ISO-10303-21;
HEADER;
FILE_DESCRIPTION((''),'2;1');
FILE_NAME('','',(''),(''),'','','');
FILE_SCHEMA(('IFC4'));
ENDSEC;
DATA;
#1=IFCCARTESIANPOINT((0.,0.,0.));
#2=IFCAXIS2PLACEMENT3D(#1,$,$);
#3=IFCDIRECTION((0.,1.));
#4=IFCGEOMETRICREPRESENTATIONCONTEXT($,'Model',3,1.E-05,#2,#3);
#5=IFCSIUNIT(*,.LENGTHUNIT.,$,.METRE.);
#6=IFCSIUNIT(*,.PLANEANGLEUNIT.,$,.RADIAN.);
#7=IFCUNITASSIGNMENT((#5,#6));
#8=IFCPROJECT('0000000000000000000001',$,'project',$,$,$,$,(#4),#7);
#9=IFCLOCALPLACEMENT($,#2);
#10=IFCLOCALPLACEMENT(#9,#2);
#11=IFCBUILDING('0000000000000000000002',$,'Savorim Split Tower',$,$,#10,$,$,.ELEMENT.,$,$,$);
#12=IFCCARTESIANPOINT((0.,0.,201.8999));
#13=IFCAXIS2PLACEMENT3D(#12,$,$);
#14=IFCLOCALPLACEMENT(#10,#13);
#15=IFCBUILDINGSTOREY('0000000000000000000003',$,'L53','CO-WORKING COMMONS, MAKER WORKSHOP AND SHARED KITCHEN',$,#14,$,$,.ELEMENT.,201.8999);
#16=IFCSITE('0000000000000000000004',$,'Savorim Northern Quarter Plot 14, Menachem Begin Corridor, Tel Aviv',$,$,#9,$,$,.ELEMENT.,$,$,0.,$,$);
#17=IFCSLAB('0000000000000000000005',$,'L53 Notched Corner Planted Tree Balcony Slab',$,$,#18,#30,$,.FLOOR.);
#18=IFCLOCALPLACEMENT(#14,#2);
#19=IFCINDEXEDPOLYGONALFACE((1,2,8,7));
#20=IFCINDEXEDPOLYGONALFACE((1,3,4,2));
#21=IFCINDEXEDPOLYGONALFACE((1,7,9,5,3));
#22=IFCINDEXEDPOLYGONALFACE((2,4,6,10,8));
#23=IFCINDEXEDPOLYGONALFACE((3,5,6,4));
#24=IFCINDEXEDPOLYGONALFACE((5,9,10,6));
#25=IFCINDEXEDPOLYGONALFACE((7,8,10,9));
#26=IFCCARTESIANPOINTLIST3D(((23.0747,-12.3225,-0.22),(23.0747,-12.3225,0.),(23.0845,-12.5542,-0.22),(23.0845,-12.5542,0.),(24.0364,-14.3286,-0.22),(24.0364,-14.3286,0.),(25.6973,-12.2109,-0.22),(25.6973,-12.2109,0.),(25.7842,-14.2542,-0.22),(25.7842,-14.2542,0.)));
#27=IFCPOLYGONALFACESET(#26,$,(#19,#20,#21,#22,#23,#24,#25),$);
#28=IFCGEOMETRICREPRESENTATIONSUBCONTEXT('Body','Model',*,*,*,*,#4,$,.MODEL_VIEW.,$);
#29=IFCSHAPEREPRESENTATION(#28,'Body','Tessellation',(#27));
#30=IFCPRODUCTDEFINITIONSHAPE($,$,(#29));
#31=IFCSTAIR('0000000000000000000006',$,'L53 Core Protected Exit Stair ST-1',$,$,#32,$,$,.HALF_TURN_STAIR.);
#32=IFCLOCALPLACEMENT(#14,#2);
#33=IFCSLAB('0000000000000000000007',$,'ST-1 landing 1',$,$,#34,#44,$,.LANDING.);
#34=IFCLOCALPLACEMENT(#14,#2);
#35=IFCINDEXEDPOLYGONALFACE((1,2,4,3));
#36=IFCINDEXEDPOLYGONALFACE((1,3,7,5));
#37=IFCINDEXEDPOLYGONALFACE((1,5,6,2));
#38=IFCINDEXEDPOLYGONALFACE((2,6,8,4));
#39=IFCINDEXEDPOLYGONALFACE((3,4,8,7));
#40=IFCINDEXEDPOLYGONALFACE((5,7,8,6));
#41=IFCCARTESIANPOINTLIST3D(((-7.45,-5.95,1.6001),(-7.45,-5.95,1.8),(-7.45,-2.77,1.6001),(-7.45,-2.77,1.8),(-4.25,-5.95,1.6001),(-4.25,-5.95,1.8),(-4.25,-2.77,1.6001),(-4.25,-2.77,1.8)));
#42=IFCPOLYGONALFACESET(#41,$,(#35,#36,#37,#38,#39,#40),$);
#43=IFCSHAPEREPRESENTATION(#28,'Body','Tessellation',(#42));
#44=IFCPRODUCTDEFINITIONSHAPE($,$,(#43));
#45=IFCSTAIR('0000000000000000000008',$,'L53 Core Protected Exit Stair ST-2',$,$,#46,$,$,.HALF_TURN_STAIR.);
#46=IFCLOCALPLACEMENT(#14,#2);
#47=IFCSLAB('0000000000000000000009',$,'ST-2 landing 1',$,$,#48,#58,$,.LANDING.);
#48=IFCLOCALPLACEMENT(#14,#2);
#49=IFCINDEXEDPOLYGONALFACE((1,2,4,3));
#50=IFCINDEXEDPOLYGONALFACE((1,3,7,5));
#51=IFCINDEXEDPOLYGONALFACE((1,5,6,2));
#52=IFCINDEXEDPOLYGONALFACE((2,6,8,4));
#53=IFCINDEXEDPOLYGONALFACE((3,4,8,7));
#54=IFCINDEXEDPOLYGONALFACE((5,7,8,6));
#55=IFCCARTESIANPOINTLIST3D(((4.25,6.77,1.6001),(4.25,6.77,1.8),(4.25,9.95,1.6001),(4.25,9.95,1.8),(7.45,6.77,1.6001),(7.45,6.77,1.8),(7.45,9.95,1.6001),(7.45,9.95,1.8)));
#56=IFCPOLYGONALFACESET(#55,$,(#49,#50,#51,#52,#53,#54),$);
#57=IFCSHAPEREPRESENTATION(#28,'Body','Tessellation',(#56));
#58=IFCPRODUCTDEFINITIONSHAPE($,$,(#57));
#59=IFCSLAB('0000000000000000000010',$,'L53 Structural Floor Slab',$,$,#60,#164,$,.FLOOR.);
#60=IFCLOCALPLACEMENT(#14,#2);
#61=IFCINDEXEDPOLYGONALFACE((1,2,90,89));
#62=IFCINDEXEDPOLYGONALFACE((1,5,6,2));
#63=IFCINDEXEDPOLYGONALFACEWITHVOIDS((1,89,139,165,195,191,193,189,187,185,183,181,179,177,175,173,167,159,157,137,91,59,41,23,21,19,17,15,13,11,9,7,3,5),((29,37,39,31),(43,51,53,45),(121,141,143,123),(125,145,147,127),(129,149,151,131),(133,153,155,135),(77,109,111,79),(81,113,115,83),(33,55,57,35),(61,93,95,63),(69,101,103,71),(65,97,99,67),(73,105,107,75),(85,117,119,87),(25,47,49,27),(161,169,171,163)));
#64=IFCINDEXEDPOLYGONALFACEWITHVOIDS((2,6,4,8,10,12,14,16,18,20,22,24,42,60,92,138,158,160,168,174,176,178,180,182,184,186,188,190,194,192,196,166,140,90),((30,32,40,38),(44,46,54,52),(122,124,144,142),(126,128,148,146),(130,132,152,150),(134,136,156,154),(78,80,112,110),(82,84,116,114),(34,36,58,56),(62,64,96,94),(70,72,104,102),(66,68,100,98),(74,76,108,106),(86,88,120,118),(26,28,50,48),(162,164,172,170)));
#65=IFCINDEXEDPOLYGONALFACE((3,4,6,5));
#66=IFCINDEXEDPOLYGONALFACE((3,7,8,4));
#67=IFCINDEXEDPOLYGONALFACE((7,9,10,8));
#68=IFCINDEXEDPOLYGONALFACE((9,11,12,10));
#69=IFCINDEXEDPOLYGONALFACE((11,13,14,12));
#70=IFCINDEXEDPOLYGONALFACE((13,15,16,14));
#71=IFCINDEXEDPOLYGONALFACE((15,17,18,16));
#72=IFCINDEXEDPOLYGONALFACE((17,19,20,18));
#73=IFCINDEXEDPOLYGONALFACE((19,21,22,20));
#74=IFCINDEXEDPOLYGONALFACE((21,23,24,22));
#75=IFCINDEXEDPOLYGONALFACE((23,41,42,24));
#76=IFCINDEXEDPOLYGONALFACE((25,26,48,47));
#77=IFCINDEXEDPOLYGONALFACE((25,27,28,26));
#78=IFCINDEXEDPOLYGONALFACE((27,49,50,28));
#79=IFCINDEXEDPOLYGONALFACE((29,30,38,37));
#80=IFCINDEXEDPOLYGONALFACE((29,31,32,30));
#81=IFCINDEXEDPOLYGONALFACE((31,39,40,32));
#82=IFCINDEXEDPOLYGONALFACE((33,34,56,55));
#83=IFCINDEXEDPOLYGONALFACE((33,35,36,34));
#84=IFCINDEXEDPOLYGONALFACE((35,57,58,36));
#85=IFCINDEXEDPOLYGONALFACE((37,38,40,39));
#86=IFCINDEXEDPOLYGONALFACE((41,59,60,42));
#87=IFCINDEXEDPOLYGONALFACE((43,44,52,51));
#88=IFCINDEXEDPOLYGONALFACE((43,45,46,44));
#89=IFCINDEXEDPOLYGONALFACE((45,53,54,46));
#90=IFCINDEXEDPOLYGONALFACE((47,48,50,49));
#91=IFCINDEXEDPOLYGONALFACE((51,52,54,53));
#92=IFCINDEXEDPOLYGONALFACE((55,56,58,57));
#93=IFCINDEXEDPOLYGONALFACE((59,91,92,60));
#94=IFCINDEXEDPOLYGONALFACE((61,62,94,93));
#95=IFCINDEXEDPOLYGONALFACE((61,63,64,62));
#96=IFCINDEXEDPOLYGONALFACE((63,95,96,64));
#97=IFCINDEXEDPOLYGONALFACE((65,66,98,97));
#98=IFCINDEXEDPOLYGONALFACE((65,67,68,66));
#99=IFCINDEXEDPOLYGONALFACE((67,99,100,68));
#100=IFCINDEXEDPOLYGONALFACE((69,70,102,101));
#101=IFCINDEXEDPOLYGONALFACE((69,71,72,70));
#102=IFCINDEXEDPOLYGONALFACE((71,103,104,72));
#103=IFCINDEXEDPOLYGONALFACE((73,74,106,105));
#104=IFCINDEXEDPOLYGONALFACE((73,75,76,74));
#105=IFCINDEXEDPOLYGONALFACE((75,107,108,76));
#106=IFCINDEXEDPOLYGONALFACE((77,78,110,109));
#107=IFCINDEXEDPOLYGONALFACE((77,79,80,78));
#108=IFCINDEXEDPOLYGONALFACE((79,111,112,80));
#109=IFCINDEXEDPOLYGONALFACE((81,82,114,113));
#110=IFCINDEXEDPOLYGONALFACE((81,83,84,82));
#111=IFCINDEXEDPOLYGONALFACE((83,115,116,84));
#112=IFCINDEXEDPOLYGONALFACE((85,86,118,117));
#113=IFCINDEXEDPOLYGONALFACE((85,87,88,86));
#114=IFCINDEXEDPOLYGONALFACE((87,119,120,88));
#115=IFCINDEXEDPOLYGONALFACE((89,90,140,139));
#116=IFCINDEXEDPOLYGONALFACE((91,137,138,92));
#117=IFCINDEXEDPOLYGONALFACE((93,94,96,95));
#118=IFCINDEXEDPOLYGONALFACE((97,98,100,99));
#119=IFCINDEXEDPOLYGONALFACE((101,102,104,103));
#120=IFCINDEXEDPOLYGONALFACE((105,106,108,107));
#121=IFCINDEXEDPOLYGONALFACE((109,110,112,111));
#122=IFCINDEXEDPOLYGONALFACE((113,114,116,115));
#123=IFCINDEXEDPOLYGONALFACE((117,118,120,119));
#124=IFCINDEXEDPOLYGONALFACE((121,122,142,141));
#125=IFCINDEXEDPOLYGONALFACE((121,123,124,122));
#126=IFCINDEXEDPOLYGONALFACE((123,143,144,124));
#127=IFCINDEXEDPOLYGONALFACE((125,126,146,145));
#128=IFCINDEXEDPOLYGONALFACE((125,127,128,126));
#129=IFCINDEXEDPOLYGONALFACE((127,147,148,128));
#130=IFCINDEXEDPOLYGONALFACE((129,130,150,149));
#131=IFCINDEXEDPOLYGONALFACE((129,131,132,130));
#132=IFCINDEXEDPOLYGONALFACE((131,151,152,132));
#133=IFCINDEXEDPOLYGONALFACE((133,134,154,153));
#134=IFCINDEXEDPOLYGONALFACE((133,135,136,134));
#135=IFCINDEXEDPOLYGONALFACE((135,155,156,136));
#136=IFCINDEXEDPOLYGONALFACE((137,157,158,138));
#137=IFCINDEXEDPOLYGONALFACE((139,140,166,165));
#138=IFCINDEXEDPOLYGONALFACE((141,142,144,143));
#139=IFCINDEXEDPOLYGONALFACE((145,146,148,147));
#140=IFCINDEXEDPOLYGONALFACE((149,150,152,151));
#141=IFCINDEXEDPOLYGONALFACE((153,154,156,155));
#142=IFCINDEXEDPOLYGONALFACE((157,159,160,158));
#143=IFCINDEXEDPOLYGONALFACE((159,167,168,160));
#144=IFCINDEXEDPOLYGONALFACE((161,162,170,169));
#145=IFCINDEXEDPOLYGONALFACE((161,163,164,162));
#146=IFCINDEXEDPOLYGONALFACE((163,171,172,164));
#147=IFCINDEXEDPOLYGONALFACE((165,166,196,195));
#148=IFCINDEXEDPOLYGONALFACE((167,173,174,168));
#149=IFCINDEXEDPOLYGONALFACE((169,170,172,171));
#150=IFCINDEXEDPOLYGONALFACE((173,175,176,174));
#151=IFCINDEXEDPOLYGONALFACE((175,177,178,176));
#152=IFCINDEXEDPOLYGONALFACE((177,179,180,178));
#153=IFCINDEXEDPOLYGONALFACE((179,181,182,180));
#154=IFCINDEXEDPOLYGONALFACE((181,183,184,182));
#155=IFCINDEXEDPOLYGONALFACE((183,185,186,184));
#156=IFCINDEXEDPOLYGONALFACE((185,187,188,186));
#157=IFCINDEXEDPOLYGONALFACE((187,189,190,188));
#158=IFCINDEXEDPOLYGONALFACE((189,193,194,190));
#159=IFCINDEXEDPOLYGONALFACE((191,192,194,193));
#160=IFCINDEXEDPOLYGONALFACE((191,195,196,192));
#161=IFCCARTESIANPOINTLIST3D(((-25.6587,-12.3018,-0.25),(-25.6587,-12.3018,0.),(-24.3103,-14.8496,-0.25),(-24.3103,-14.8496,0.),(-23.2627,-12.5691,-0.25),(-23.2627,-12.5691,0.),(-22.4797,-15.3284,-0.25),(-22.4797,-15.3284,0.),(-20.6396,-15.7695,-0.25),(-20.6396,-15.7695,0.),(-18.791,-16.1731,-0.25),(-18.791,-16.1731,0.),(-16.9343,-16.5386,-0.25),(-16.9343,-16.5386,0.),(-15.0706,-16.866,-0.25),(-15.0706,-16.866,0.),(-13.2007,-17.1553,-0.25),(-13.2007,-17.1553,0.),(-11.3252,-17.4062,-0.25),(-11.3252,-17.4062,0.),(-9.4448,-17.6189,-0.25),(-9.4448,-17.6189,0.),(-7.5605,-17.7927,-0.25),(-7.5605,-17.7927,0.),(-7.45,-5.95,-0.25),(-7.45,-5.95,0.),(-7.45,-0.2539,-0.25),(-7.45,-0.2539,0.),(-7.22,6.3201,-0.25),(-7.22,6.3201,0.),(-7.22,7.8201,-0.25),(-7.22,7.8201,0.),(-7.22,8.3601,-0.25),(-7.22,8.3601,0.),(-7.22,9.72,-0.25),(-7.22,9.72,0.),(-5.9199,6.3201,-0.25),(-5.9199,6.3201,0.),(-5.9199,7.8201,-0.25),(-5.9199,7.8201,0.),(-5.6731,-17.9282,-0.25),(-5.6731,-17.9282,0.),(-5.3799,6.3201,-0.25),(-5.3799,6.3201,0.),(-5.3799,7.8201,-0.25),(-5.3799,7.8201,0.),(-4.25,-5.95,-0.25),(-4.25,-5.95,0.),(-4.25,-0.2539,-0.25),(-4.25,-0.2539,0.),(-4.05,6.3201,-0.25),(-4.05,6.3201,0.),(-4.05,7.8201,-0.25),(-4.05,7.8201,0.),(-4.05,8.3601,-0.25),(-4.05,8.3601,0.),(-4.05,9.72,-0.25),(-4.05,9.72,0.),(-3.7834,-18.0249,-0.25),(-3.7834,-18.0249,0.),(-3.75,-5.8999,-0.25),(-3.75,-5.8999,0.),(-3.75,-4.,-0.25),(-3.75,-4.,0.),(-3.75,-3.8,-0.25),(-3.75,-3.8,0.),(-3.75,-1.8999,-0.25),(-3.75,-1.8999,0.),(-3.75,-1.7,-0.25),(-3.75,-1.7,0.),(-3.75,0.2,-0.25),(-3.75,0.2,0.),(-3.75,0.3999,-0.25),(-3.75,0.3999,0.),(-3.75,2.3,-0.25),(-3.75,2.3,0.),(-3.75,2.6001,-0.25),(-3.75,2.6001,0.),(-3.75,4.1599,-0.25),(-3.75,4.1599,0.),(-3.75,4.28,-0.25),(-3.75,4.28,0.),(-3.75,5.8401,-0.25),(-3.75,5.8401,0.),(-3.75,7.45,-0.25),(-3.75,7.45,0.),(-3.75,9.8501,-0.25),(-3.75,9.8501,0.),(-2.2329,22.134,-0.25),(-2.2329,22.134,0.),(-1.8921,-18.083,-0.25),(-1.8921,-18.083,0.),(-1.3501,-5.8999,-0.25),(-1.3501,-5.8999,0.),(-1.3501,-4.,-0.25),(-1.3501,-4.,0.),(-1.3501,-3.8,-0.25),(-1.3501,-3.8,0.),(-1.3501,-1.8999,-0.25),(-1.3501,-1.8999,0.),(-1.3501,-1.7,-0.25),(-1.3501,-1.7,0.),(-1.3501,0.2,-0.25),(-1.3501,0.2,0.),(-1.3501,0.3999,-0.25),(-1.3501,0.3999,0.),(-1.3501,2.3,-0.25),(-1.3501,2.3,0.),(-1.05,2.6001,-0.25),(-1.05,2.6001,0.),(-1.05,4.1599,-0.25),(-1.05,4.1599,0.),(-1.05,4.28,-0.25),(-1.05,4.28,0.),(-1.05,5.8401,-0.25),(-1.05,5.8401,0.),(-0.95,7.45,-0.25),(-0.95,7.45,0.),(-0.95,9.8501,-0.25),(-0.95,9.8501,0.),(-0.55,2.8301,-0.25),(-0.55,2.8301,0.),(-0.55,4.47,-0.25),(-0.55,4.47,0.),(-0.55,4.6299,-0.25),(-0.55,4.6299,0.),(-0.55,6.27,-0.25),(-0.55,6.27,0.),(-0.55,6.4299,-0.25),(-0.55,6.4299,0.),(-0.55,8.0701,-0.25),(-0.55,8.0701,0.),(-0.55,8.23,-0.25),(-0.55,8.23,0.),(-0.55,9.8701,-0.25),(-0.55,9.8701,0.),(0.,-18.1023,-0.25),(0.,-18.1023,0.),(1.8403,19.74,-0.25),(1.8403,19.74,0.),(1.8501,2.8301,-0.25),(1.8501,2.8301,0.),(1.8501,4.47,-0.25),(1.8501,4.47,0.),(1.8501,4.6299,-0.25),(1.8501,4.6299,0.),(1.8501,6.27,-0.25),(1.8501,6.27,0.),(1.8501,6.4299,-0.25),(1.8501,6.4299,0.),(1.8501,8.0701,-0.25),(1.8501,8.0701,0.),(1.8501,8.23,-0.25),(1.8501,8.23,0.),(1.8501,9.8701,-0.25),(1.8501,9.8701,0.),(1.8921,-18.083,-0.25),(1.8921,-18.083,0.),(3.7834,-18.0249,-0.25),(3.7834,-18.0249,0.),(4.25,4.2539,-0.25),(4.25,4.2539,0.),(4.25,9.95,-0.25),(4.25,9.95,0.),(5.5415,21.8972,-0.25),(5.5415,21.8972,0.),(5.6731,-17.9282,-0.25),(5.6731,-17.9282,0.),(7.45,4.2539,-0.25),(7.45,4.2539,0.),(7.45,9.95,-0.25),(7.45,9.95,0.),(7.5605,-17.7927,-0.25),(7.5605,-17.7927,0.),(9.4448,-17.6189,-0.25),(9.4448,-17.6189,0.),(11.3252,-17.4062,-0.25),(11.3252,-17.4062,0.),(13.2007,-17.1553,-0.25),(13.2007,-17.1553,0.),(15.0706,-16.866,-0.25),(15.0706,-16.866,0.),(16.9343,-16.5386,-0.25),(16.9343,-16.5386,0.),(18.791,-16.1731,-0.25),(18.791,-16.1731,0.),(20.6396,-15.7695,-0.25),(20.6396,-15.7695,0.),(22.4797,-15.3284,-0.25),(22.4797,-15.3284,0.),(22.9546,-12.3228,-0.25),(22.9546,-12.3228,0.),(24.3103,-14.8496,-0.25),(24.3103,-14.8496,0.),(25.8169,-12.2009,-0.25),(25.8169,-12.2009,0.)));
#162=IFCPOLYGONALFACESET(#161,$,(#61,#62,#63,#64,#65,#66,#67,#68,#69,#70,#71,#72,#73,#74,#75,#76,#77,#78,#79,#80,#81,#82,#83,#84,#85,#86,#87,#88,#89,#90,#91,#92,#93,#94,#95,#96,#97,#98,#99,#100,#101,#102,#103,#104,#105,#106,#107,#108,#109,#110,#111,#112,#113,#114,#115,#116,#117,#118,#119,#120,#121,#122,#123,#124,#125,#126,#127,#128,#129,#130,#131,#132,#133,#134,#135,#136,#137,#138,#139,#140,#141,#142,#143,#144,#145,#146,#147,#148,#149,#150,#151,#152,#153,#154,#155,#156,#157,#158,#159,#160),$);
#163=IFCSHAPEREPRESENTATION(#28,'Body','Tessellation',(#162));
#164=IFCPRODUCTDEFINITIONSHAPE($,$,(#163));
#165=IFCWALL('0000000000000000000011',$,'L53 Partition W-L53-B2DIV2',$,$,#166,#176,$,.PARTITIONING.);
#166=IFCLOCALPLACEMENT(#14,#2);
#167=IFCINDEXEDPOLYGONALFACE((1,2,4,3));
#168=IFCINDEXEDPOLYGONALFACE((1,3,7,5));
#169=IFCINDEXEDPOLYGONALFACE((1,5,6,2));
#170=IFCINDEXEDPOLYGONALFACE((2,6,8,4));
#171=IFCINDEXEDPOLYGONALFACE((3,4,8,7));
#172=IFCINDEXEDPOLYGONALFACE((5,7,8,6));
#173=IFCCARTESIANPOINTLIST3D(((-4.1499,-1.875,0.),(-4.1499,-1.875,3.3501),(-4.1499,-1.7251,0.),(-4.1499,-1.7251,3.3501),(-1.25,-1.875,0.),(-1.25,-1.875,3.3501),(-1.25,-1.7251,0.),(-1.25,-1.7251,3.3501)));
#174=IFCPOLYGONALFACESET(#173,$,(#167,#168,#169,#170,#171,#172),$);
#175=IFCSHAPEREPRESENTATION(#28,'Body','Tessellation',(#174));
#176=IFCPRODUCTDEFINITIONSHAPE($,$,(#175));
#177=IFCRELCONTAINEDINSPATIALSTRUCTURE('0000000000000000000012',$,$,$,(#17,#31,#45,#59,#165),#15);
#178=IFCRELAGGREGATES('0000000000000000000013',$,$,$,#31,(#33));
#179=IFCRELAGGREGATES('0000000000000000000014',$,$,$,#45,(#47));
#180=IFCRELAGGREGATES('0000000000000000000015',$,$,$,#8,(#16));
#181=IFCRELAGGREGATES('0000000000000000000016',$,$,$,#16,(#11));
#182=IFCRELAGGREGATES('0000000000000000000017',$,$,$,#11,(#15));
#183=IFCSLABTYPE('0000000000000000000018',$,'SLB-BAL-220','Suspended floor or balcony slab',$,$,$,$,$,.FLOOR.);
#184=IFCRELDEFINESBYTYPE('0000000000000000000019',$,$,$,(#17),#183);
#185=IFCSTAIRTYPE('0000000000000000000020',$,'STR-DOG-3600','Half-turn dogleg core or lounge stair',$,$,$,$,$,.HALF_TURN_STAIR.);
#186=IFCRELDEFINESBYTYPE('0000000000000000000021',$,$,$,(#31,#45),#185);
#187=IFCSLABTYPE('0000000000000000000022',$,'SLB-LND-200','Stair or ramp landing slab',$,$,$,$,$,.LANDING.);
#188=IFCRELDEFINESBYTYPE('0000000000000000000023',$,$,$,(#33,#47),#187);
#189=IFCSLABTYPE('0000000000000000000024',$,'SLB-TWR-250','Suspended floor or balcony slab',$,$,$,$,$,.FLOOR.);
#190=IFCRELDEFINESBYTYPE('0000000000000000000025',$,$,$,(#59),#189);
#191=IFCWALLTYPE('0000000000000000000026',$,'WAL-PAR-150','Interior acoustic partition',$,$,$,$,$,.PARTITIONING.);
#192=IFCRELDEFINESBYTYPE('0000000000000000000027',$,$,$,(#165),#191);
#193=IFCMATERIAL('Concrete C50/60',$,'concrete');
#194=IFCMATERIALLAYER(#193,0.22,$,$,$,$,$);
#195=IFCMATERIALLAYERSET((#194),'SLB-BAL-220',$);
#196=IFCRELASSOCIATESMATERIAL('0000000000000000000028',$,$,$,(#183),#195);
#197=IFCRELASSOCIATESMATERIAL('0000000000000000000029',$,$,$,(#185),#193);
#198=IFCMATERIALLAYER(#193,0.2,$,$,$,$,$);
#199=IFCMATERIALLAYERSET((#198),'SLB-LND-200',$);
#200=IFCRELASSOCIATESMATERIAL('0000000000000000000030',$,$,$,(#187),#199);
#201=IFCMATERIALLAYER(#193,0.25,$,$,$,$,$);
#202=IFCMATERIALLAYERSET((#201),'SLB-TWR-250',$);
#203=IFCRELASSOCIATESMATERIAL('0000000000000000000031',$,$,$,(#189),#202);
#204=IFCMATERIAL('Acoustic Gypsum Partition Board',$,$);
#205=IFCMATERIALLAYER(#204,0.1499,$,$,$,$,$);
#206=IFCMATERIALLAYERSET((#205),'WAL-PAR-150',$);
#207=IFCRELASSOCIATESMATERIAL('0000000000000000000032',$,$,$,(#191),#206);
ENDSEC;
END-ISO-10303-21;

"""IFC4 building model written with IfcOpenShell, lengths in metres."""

from ifc_helpers import new_model, si_unit, direction, frame, frame_2d, origin, place, context, subcontext, project, spatial, polyline, rectangle, outline, extrude, material, layer, layer_set, type_object, element, aggregate, save


model = new_model("IFC4")

# Units and contexts
model_context = context("Model", 3, precision=1e-05, world=origin(), true_north=direction((0.0, 1.0)))
body_context = subcontext(model_context, "Body", "Model", "MODEL_VIEW")
ifc_project = project(units=[si_unit("LENGTHUNIT", "METRE"), si_unit("PLANEANGLEUNIT", "RADIAN")], contexts=[model_context])

# Site, building, storey
site_placement = place(None, origin())
site = spatial("IfcSite", under=ifc_project, at=site_placement, Name="Savorim Northern Quarter Plot 14, Menachem Begin Corridor, Tel Aviv", CompositionType="ELEMENT", RefElevation=0.0)
building_placement = place(site_placement, origin())
building = spatial("IfcBuilding", under=site, at=building_placement, Name="Savorim Split Tower", CompositionType="ELEMENT")
storey_placement = place(building_placement, frame((0.0, 0.0, 201.8999)))
storey = spatial("IfcBuildingStorey", under=building, at=storey_placement, Name="L53", Description="CO-WORKING COMMONS, MAKER WORKSHOP AND SHARED KITCHEN", CompositionType="ELEMENT", Elevation=201.8999)

# Slab
ifc_material_1 = material(Name="Concrete C50/60", Category="concrete")
ifc_layer_1 = layer(ifc_material_1, 0.22)
ifc_layer_set_1 = layer_set([ifc_layer_1], Name="SLB-BAL-220")
slab_type_1 = type_object("IfcSlabType", Name="SLB-BAL-220", Description="Suspended floor or balcony slab", PredefinedType="FLOOR", material=ifc_layer_set_1)
slab_1_placement = place(storey_placement, frame((0.0, 0.0, -0.22)))
element("IfcSlab", 1, at=slab_1_placement, inside=storey, type_object=slab_type_1, Name="L53 Notched Corner Planted Tree Balcony Slab", PredefinedType="FLOOR", context=body_context, shape_type="SweptSolid", body=[
    extrude(outline(polyline([(25.6973, -12.2109), (23.0747, -12.3225), (23.0845, -12.5542), (24.0364, -14.3286), (25.7842, -14.2542), (25.6973, -12.2109)])), origin(), (0.0, 0.0, 1.0), 0.22),
])

# Stairs, slabs
stair_type = type_object("IfcStairType", Name="STR-DOG-3600", Description="Half-turn dogleg core or lounge stair", PredefinedType="HALF_TURN_STAIR", material=ifc_material_1)
stair_1_placement = place(storey_placement, origin())
stair_1 = element("IfcStair", 2, at=stair_1_placement, inside=storey, type_object=stair_type, Name="L53 Core Protected Exit Stair ST-1", PredefinedType="HALF_TURN_STAIR")
ifc_layer_2 = layer(ifc_material_1, 0.2)
ifc_layer_set_2 = layer_set([ifc_layer_2], Name="SLB-LND-200")
slab_type_2 = type_object("IfcSlabType", Name="SLB-LND-200", Description="Stair or ramp landing slab", PredefinedType="LANDING", material=ifc_layer_set_2)
slab_2_placement = place(storey_placement, frame((0.0, 0.0, 1.6001)))
slab_2 = element("IfcSlab", 3, at=slab_2_placement, type_object=slab_type_2, Name="ST-1 landing 1", PredefinedType="LANDING", context=body_context, shape_type="SweptSolid", body=[
    extrude(outline(polyline([(-7.45, -2.77), (-7.45, -5.95), (-4.25, -5.95), (-4.25, -2.77), (-7.45, -2.77)])), origin(), (0.0, 0.0, 1.0), 0.2),
])
aggregate(stair_1, [slab_2])
stair_2_placement = place(storey_placement, origin())
stair_2 = element("IfcStair", 4, at=stair_2_placement, inside=storey, type_object=stair_type, Name="L53 Core Protected Exit Stair ST-2", PredefinedType="HALF_TURN_STAIR")
slab_3_placement = place(storey_placement, frame((0.0, 0.0, 1.6001)))
slab_3 = element("IfcSlab", 5, at=slab_3_placement, type_object=slab_type_2, Name="ST-2 landing 1", PredefinedType="LANDING", context=body_context, shape_type="SweptSolid", body=[
    extrude(outline(polyline([(7.45, 6.77), (7.45, 9.95), (4.25, 9.95), (4.25, 6.77), (7.45, 6.77)])), origin(), (0.0, 0.0, 1.0), 0.2),
])
aggregate(stair_2, [slab_3])

# Slab
ifc_layer_3 = layer(ifc_material_1, 0.25)
ifc_layer_set_3 = layer_set([ifc_layer_3], Name="SLB-TWR-250")
slab_type_3 = type_object("IfcSlabType", Name="SLB-TWR-250", Description="Suspended floor or balcony slab", PredefinedType="FLOOR", material=ifc_layer_set_3)
slab_4_placement = place(storey_placement, frame((0.0, 0.0, -0.25)))
element("IfcSlab", 6, at=slab_4_placement, inside=storey, type_object=slab_type_3, Name="L53 Structural Floor Slab", PredefinedType="FLOOR", context=body_context, shape_type="SweptSolid", body=[
    extrude(outline(polyline([(-24.3103, -14.8496), (-22.4797, -15.3284), (-20.6396, -15.7695), (-18.791, -16.1731), (-16.9343, -16.5386), (-15.0706, -16.866), (-13.2007, -17.1553), (-11.3252, -17.4062), (-9.4448, -17.6189), (-7.5605, -17.7927), (-5.6731, -17.9282), (-3.7834, -18.0249), (-1.8921, -18.083), (0.0, -18.1023), (1.8921, -18.083), (3.7834, -18.0249), (5.6731, -17.9282), (7.5605, -17.7927), (9.4448, -17.6189), (11.3252, -17.4062), (13.2007, -17.1553), (15.0706, -16.866), (16.9343, -16.5386), (18.791, -16.1731), (20.6396, -15.7695), (22.4797, -15.3284), (24.3103, -14.8496), (22.9546, -12.3228), (25.8169, -12.2009), (5.5415, 21.8972), (1.8403, 19.74), (-2.2329, 22.134), (-25.6587, -12.3018), (-23.2627, -12.5691), (-24.3103, -14.8496)]), holes=[polyline([(-7.45, -0.2539), (-7.45, -5.95), (-4.25, -5.95), (-4.25, -0.2539), (-7.45, -0.2539)]), polyline([(7.45, 4.2539), (7.45, 9.95), (4.25, 9.95), (4.25, 4.2539), (7.45, 4.2539)]), polyline([(-3.75, -5.8999), (-1.3501, -5.8999), (-1.3501, -4.0), (-3.75, -4.0), (-3.75, -5.8999)]), polyline([(-3.75, -3.8), (-1.3501, -3.8), (-1.3501, -1.8999), (-3.75, -1.8999), (-3.75, -3.8)]), polyline([(-3.75, -1.7), (-1.3501, -1.7), (-1.3501, 0.2), (-3.75, 0.2), (-3.75, -1.7)]), polyline([(-3.75, 0.3999), (-1.3501, 0.3999), (-1.3501, 2.3), (-3.75, 2.3), (-3.75, 0.3999)]), polyline([(-0.55, 2.8301), (1.8501, 2.8301), (1.8501, 4.47), (-0.55, 4.47), (-0.55, 2.8301)]), polyline([(-0.55, 4.6299), (1.8501, 4.6299), (1.8501, 6.27), (-0.55, 6.27), (-0.55, 4.6299)]), polyline([(-0.55, 6.4299), (1.8501, 6.4299), (1.8501, 8.0701), (-0.55, 8.0701), (-0.55, 6.4299)]), polyline([(-0.55, 8.23), (1.8501, 8.23), (1.8501, 9.8701), (-0.55, 9.8701), (-0.55, 8.23)]), polyline([(-3.75, 2.6001), (-1.05, 2.6001), (-1.05, 4.1599), (-3.75, 4.1599), (-3.75, 2.6001)]), polyline([(-3.75, 4.28), (-1.05, 4.28), (-1.05, 5.8401), (-3.75, 5.8401), (-3.75, 4.28)]), polyline([(-3.75, 7.45), (-0.95, 7.45), (-0.95, 9.8501), (-3.75, 9.8501), (-3.75, 7.45)]), polyline([(-7.22, 6.3201), (-5.9199, 6.3201), (-5.9199, 7.8201), (-7.22, 7.8201), (-7.22, 6.3201)]), polyline([(-5.3799, 6.3201), (-4.05, 6.3201), (-4.05, 7.8201), (-5.3799, 7.8201), (-5.3799, 6.3201)]), polyline([(-7.22, 8.3601), (-4.05, 8.3601), (-4.05, 9.72), (-7.22, 9.72), (-7.22, 8.3601)])]), origin(), (0.0, 0.0, 1.0), 0.25),
])

# Wall
ifc_material_2 = material(Name="Acoustic Gypsum Partition Board")
ifc_layer_4 = layer(ifc_material_2, 0.1499)
ifc_layer_set_4 = layer_set([ifc_layer_4], Name="WAL-PAR-150")
wall_type_1 = type_object("IfcWallType", Name="WAL-PAR-150", Description="Interior acoustic partition", PredefinedType="PARTITIONING", material=ifc_layer_set_4)
for number, where, z_axis, x_axis, name in (
    (7, (-4.1499, -1.8, 0.0), (0.0, 0.0, 1.0), (1.0, 0.0, 0.0), "L53 Partition W-L53-B2DIV2"),
):
    element("IfcWall", number, at=place(storey_placement, frame(where, z_axis=z_axis, x_axis=x_axis)), inside=storey, type_object=wall_type_1, Name=name, PredefinedType="PARTITIONING", context=body_context, shape_type="SweptSolid", body=[
        extrude(rectangle(XDim=2.8999, YDim=0.1499, at=frame_2d((1.45, 0.0))), origin(), (0.0, 0.0, 1.0), 3.3501),
    ])

save(model, "model.ifc")
